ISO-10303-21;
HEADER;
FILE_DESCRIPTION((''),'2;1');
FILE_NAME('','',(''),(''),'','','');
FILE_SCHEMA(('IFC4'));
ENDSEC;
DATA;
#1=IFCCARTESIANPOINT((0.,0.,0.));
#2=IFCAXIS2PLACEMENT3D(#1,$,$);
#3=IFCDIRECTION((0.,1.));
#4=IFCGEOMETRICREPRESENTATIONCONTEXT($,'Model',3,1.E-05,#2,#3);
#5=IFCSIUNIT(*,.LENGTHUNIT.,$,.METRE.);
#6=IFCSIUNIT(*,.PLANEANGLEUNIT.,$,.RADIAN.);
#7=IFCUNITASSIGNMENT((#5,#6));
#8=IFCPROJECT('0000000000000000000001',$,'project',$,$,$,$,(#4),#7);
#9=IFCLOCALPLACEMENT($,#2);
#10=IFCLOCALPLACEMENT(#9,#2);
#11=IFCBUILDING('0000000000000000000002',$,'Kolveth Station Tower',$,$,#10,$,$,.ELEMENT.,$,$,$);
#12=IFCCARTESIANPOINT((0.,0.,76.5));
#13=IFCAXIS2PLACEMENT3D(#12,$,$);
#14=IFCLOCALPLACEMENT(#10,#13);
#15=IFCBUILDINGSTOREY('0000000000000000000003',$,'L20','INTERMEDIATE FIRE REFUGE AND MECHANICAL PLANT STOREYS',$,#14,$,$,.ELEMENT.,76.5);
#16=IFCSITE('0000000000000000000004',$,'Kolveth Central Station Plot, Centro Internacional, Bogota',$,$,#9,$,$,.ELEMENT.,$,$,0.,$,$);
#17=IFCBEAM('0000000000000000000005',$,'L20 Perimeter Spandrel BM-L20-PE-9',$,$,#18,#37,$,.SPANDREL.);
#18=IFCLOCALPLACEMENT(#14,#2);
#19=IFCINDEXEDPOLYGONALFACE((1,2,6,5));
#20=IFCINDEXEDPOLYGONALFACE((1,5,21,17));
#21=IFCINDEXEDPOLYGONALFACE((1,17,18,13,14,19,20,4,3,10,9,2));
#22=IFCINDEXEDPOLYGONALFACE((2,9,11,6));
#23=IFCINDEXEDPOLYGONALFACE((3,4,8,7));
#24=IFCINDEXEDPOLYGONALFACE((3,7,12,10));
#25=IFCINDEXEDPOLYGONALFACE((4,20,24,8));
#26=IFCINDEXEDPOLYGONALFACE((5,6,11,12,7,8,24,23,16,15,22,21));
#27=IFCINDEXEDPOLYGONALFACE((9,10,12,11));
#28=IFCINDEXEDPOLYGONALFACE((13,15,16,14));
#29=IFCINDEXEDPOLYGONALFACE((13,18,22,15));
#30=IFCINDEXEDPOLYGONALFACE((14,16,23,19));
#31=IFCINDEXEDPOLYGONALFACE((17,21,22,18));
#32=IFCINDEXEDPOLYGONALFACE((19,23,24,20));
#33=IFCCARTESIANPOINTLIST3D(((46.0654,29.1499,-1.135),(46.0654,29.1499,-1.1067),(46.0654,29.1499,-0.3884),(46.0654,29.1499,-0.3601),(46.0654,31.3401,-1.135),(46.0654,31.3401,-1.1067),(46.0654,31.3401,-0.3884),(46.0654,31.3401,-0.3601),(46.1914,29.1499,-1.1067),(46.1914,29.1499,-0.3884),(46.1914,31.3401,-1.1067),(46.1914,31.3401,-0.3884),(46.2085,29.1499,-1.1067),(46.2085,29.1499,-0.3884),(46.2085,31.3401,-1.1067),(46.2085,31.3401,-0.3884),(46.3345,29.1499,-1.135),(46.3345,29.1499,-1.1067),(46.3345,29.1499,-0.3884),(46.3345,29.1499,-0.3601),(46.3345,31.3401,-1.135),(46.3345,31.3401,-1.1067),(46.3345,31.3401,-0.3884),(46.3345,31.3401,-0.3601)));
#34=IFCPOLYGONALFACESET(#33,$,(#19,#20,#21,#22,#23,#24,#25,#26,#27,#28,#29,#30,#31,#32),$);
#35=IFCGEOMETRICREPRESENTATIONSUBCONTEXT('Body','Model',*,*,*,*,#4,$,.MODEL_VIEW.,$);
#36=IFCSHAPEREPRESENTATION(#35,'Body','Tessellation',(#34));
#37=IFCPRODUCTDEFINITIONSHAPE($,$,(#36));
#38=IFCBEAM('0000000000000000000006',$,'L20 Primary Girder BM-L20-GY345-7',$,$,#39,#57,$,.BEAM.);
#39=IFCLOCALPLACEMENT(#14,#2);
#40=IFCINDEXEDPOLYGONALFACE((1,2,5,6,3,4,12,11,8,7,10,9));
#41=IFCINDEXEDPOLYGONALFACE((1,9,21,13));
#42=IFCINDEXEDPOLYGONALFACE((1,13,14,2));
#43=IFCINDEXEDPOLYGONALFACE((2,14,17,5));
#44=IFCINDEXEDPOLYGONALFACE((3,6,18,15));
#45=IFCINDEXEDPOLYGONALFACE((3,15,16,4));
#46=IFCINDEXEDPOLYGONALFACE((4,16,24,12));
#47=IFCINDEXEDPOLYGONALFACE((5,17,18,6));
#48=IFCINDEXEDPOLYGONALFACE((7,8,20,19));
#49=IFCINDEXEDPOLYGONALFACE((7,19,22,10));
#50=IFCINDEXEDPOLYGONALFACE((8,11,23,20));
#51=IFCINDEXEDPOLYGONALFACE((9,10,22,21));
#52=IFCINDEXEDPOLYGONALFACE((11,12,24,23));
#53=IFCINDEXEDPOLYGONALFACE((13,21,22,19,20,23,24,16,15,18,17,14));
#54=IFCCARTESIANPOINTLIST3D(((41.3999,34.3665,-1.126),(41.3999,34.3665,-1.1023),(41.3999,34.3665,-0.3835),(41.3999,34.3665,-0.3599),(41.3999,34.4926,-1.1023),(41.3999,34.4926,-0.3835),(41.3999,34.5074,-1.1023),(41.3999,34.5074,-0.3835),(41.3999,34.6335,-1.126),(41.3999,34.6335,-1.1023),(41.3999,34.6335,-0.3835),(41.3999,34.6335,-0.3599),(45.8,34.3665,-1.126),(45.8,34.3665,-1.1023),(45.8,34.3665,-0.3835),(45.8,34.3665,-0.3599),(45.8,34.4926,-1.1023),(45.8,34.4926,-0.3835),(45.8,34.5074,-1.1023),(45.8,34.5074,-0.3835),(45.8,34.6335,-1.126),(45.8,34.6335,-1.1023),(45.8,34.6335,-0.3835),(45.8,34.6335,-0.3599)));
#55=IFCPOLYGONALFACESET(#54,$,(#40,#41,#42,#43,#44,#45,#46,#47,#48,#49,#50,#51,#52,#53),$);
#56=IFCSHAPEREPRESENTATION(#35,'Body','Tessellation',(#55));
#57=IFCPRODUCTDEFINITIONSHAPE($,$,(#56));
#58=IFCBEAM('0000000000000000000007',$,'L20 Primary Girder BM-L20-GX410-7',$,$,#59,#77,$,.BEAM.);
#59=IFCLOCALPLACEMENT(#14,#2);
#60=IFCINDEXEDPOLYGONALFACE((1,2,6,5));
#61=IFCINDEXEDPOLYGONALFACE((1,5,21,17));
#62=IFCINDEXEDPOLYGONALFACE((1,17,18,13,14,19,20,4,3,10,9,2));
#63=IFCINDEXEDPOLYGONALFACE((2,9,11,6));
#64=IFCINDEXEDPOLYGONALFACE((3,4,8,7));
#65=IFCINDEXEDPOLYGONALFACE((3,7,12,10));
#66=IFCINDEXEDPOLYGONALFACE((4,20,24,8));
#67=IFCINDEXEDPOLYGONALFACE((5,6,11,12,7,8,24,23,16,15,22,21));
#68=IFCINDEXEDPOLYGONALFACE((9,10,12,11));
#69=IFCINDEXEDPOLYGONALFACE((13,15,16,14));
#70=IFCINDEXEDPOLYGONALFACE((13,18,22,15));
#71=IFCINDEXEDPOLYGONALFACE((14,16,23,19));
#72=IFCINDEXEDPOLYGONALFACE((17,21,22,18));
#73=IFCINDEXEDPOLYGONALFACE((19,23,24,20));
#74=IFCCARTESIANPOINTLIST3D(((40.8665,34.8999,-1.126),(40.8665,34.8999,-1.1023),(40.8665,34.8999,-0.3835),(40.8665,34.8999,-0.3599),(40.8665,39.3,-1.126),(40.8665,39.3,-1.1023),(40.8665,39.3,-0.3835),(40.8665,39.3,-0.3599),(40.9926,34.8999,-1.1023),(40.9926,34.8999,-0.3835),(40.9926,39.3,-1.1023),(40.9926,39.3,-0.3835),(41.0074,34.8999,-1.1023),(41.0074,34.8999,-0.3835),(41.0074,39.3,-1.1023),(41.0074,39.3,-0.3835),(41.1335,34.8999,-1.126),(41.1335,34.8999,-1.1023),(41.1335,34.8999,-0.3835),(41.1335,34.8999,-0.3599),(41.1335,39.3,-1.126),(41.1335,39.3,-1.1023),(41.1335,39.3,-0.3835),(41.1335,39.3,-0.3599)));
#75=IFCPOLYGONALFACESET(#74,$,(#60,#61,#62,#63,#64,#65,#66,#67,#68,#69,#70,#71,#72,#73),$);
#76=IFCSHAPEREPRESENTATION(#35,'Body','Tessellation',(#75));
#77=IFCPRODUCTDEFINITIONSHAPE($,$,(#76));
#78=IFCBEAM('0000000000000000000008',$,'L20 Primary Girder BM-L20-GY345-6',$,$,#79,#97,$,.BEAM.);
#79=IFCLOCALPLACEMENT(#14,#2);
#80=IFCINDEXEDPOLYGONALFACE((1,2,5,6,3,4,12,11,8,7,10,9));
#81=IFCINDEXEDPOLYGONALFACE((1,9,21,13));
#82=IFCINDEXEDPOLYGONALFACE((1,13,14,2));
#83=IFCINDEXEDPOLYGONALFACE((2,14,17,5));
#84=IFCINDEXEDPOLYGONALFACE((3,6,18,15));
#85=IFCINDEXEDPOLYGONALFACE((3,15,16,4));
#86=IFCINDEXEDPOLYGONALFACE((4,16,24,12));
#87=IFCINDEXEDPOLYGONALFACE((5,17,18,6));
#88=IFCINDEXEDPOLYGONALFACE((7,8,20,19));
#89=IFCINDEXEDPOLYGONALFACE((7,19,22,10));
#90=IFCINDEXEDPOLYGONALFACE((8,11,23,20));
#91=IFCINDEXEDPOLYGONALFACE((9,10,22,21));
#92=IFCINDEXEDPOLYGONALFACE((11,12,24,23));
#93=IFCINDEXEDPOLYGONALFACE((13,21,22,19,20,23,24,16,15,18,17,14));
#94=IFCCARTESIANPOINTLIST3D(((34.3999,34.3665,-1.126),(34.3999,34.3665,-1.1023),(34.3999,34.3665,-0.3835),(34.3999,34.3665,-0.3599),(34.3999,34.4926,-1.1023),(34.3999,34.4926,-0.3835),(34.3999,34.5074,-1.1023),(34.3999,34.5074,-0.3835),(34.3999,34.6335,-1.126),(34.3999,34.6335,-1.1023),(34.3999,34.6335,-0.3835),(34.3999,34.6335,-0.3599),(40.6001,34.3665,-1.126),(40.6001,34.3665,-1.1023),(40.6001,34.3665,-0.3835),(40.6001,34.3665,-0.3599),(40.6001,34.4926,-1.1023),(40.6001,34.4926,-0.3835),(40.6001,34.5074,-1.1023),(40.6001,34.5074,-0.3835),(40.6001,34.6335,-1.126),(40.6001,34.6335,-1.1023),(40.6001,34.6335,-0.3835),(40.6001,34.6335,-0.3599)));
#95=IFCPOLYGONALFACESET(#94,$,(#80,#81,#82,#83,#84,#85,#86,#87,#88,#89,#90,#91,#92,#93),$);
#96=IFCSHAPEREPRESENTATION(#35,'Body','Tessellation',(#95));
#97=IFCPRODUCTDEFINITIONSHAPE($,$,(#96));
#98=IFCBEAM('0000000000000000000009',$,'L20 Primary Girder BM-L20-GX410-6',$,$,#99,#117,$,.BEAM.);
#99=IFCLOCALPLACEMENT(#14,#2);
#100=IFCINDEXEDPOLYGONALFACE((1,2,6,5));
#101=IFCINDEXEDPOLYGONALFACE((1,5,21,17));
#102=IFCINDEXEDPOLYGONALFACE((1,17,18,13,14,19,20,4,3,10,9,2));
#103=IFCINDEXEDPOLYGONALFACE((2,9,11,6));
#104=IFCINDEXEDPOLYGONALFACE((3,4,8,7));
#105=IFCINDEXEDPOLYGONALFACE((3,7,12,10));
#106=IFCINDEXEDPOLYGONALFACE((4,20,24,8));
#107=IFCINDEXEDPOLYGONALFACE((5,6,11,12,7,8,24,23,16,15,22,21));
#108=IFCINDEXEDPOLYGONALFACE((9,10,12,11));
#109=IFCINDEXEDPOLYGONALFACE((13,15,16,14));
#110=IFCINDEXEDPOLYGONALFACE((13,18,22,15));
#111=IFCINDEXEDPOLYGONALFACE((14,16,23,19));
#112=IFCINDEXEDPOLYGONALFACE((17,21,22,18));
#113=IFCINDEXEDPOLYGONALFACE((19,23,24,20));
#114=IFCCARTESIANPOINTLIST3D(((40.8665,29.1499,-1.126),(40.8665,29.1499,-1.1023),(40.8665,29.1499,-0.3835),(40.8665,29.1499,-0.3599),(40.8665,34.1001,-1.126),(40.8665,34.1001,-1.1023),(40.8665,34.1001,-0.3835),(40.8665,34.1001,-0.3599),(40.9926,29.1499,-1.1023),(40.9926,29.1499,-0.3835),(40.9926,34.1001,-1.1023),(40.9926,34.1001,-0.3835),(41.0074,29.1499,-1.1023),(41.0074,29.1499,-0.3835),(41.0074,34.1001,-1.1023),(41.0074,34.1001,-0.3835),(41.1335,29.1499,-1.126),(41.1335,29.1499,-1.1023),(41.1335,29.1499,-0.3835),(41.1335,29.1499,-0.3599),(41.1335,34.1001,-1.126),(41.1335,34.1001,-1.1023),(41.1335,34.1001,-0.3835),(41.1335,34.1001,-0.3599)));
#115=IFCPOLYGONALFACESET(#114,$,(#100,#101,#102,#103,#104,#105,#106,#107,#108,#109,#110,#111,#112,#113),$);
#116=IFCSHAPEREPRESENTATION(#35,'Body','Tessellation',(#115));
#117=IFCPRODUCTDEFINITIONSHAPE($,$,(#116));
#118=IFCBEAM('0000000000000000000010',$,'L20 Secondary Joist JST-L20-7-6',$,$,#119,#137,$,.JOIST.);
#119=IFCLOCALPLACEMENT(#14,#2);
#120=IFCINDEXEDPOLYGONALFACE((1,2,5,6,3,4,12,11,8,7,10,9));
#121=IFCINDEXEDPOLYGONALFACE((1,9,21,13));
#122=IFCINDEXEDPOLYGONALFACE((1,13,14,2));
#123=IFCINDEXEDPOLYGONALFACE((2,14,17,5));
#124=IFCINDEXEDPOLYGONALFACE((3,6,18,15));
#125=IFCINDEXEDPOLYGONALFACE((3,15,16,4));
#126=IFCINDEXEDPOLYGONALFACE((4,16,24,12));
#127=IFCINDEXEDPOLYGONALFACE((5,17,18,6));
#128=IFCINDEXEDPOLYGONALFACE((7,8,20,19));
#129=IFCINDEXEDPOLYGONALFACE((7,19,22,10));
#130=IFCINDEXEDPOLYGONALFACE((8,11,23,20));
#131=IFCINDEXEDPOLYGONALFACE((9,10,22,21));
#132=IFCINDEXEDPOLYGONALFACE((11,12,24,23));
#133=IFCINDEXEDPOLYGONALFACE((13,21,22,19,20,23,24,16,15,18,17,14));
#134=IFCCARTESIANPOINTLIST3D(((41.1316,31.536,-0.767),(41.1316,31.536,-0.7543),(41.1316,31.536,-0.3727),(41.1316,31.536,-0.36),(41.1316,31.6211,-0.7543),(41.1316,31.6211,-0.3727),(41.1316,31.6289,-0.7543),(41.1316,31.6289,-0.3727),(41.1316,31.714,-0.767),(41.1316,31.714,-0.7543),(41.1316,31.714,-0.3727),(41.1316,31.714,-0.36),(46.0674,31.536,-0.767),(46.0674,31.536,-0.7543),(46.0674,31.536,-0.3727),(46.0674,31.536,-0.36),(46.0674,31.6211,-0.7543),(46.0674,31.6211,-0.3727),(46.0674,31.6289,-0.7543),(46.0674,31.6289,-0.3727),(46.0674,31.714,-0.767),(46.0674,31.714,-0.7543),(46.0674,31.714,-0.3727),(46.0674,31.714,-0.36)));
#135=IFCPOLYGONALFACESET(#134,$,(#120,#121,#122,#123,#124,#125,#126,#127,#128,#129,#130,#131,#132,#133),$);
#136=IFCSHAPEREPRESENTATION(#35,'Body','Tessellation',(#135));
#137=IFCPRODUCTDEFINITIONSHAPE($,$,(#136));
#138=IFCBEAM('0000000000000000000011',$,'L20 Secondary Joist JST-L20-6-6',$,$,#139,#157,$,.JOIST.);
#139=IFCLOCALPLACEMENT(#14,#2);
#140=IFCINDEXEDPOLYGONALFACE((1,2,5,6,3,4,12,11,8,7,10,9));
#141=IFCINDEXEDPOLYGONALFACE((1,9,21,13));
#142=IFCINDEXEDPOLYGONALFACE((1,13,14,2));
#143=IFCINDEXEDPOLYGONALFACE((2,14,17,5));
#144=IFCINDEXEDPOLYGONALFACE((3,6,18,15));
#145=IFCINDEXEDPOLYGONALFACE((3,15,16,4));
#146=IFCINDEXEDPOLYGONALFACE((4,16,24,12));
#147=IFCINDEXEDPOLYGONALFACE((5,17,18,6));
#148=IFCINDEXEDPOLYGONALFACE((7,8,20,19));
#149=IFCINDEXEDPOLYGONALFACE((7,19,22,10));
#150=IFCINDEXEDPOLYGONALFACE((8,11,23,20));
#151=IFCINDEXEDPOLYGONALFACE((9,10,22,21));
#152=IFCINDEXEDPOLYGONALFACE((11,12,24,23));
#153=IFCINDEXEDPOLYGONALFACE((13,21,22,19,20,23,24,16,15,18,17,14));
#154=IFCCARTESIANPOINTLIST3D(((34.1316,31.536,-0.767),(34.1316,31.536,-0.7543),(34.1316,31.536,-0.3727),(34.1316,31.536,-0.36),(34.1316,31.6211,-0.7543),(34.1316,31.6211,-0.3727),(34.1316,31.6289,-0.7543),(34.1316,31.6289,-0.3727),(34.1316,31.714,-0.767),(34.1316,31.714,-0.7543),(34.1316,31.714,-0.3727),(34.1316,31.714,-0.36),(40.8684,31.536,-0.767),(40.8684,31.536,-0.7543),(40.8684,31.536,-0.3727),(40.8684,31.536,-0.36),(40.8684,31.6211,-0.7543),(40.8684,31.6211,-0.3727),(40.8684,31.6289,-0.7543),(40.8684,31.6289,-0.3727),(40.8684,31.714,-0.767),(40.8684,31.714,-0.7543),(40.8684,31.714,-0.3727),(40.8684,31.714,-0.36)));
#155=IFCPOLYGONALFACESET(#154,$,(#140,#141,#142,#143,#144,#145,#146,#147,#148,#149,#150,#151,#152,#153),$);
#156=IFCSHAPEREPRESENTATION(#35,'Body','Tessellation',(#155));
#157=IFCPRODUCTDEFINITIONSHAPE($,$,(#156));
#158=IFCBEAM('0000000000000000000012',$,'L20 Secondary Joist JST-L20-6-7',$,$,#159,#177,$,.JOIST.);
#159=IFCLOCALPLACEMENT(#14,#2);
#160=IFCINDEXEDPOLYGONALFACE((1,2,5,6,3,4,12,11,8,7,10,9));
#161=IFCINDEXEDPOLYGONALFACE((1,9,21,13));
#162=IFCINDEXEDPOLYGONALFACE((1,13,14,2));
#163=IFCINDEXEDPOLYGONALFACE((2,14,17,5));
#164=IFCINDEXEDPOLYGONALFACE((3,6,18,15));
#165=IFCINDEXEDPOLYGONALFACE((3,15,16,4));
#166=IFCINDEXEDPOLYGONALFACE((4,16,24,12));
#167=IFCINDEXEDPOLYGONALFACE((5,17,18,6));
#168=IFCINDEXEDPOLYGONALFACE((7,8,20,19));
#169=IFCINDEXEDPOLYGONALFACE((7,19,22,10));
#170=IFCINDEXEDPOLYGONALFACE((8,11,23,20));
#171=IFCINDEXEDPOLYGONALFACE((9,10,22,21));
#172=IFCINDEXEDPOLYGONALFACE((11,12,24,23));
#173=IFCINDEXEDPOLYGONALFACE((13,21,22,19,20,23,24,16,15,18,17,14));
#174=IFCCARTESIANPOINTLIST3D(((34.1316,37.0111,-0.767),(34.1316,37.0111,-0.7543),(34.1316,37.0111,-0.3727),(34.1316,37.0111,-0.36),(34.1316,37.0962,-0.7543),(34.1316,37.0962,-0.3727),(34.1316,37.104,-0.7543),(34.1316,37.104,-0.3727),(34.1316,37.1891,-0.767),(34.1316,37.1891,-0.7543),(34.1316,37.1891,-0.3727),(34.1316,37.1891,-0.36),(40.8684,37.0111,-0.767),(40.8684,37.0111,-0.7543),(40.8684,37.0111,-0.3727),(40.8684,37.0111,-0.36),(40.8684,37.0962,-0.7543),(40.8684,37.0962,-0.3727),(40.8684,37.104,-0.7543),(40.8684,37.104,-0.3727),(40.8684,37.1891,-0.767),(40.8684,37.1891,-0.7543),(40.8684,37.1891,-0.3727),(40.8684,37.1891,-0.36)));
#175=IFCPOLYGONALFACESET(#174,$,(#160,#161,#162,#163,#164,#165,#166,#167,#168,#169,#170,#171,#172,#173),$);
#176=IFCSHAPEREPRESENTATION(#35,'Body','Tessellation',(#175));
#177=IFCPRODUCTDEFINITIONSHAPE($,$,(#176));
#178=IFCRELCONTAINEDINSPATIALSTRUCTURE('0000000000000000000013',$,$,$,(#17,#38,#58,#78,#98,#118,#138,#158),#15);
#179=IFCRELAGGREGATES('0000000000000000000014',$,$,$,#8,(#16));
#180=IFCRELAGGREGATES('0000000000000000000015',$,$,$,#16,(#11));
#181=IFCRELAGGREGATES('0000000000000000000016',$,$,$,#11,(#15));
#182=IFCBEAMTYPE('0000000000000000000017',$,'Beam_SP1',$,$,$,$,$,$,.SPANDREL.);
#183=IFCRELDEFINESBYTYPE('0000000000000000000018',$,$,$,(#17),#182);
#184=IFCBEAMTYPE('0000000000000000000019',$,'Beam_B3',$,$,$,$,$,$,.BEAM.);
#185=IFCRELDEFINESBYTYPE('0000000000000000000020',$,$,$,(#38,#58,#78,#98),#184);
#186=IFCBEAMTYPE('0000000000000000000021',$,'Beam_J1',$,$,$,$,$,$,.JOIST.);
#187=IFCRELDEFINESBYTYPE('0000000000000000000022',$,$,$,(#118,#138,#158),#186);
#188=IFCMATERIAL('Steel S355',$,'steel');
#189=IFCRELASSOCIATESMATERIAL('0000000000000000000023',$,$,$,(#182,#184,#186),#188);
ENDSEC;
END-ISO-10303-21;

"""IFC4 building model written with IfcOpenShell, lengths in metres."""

from ifc_helpers import new_model, si_unit, direction, frame, origin, origin_2d, place, context, subcontext, project, spatial, i_section, extrude, source, transform, mapped, material, material_profile, profile_set, type_object, element, save


model = new_model("IFC4")

# Units and contexts
model_context = context("Model", 3, precision=1e-05, world=origin(), true_north=direction((0.0, 1.0)))
body_context = subcontext(model_context, "Body", "Model", "MODEL_VIEW")
ifc_project = project(units=[si_unit("LENGTHUNIT", "METRE"), si_unit("PLANEANGLEUNIT", "RADIAN")], contexts=[model_context])

# Site, building, storey
site_placement = place(None, origin())
site = spatial("IfcSite", under=ifc_project, at=site_placement, Name="Kolveth Central Station Plot, Centro Internacional, Bogota", CompositionType="ELEMENT", RefElevation=0.0)
building_placement = place(site_placement, origin())
building = spatial("IfcBuilding", under=site, at=building_placement, Name="Kolveth Station Tower", CompositionType="ELEMENT")
storey_placement = place(building_placement, frame((0.0, 0.0, 76.5)))
storey = spatial("IfcBuildingStorey", under=building, at=storey_placement, Name="L20", Description="INTERMEDIATE FIRE REFUGE AND MECHANICAL PLANT STOREYS", CompositionType="ELEMENT", Elevation=76.5)

# Shared definitions
ifc_material_1 = material(Name="Steel S355", Category="steel")

# Beams
ifc_material_profile_1 = material_profile(ifc_material_1, i_section(OverallWidth=0.269, OverallDepth=0.7749, WebThickness=0.0171, FlangeThickness=0.0283, at=origin_2d()), Name="W760x220")
ifc_profile_set_1 = profile_set([ifc_material_profile_1], Name="Steel S355")
beam_type_1 = type_object("IfcBeamType", Name="Beam_SP1", PredefinedType="SPANDREL", material=ifc_profile_set_1)
shared_shape_1 = source(origin(), body_context, "Body", "SweptSolid", [
    extrude(i_section(OverallWidth=0.269, OverallDepth=0.7749, WebThickness=0.0171, FlangeThickness=0.0283, at=origin_2d()), origin(), (0.0, 0.0, 1.0), 2.1902),
])
beam_1_placement = place(storey_placement, frame((46.2, 29.1499, -0.7476), z_axis=(0.0, 1.0, 0.0), x_axis=(-1.0, 0.0, 0.0)))
element("IfcBeam", 1, at=beam_1_placement, inside=storey, type_object=beam_type_1, Name="L20 Perimeter Spandrel BM-L20-PE-9", PredefinedType="SPANDREL", context=body_context, shape_type="MappedRepresentation", body=[
    mapped(shared_shape_1, transform((0.0, 0.0, 0.0), x_axis=(1.0, 0.0, 0.0), y_axis=(0.0, 1.0, 0.0), z_axis=(0.0, 0.0, 1.0), scale=1.0)),
])
ifc_material_profile_2 = material_profile(ifc_material_1, i_section(OverallWidth=0.2671, OverallDepth=0.7661, WebThickness=0.0149, FlangeThickness=0.0237, at=origin_2d()), Name="W760x185")
ifc_profile_set_2 = profile_set([ifc_material_profile_2], Name="Steel S355")
beam_type_2 = type_object("IfcBeamType", Name="Beam_B3", PredefinedType="BEAM", material=ifc_profile_set_2)
shared_shape_2 = source(origin(), body_context, "Body", "SweptSolid", [
    extrude(i_section(OverallWidth=0.2671, OverallDepth=0.7661, WebThickness=0.0149, FlangeThickness=0.0237, at=origin_2d()), origin(), (0.0, 0.0, 1.0), 4.4001),
])
for number, where, z_axis, x_axis, name in (
    (2, (41.3999, 34.5, -0.7429), (1.0, 0.0, 0.0), (0.0, 1.0, 0.0), "L20 Primary Girder BM-L20-GY345-7"),
    (3, (41.0, 34.8999, -0.7429), (0.0, 1.0, 0.0), (-1.0, 0.0, 0.0), "L20 Primary Girder BM-L20-GX410-7"),
):
    element("IfcBeam", number, at=place(storey_placement, frame(where, z_axis=z_axis, x_axis=x_axis)), inside=storey, type_object=beam_type_2, Name=name, PredefinedType="BEAM", context=body_context, shape_type="MappedRepresentation", body=[
        mapped(shared_shape_2, transform((0.0, 0.0, 0.0), x_axis=(1.0, 0.0, 0.0), y_axis=(0.0, 1.0, 0.0), z_axis=(0.0, 0.0, 1.0), scale=1.0)),
    ])
shared_shape_3 = source(origin(), body_context, "Body", "SweptSolid", [
    extrude(i_section(OverallWidth=0.2671, OverallDepth=0.7661, WebThickness=0.0149, FlangeThickness=0.0237, at=origin_2d()), origin(), (0.0, 0.0, 1.0), 6.2002),
])
beam_2_placement = place(storey_placement, frame((34.3999, 34.5, -0.7429), z_axis=(1.0, 0.0, 0.0), x_axis=(0.0, 1.0, 0.0)))
element("IfcBeam", 4, at=beam_2_placement, inside=storey, type_object=beam_type_2, Name="L20 Primary Girder BM-L20-GY345-6", PredefinedType="BEAM", context=body_context, shape_type="MappedRepresentation", body=[
    mapped(shared_shape_3, transform((0.0, 0.0, 0.0), x_axis=(1.0, 0.0, 0.0), y_axis=(0.0, 1.0, 0.0), z_axis=(0.0, 0.0, 1.0), scale=1.0)),
])
shared_shape_4 = source(origin(), body_context, "Body", "SweptSolid", [
    extrude(i_section(OverallWidth=0.2671, OverallDepth=0.7661, WebThickness=0.0149, FlangeThickness=0.0237, at=origin_2d()), origin(), (0.0, 0.0, 1.0), 4.9502),
])
beam_3_placement = place(storey_placement, frame((41.0, 29.1499, -0.7429), z_axis=(0.0, 1.0, 0.0), x_axis=(-1.0, 0.0, 0.0)))
element("IfcBeam", 5, at=beam_3_placement, inside=storey, type_object=beam_type_2, Name="L20 Primary Girder BM-L20-GX410-6", PredefinedType="BEAM", context=body_context, shape_type="MappedRepresentation", body=[
    mapped(shared_shape_4, transform((0.0, 0.0, 0.0), x_axis=(1.0, 0.0, 0.0), y_axis=(0.0, 1.0, 0.0), z_axis=(0.0, 0.0, 1.0), scale=1.0)),
])
ifc_material_profile_3 = material_profile(ifc_material_1, i_section(OverallWidth=0.178, OverallDepth=0.407, WebThickness=0.0078, FlangeThickness=0.0127, at=origin_2d()), Name="W410x60")
ifc_profile_set_3 = profile_set([ifc_material_profile_3], Name="Steel S355")
beam_type_3 = type_object("IfcBeamType", Name="Beam_J1", PredefinedType="JOIST", material=ifc_profile_set_3)
shared_shape_5 = source(origin(), body_context, "Body", "SweptSolid", [
    extrude(i_section(OverallWidth=0.178, OverallDepth=0.407, WebThickness=0.0078, FlangeThickness=0.0127, at=origin_2d()), origin(), (0.0, 0.0, 1.0), 4.9358),
])
beam_4_placement = place(storey_placement, frame((41.1316, 31.625, -0.5635), z_axis=(1.0, 0.0, 0.0), x_axis=(0.0, 1.0, 0.0)))
element("IfcBeam", 6, at=beam_4_placement, inside=storey, type_object=beam_type_3, Name="L20 Secondary Joist JST-L20-7-6", PredefinedType="JOIST", context=body_context, shape_type="MappedRepresentation", body=[
    mapped(shared_shape_5, transform((0.0, 0.0, 0.0), x_axis=(1.0, 0.0, 0.0), y_axis=(0.0, 1.0, 0.0), z_axis=(0.0, 0.0, 1.0), scale=1.0)),
])
shared_shape_6 = source(origin(), body_context, "Body", "SweptSolid", [
    extrude(i_section(OverallWidth=0.178, OverallDepth=0.407, WebThickness=0.0078, FlangeThickness=0.0127, at=origin_2d()), origin(), (0.0, 0.0, 1.0), 6.7368),
])
for number, where, z_axis, x_axis, name in (
    (7, (34.1316, 31.625, -0.5635), (1.0, 0.0, 0.0), (0.0, 1.0, 0.0), "L20 Secondary Joist JST-L20-6-6"),
    (8, (34.1316, 37.1001, -0.5635), (1.0, 0.0, 0.0), (0.0, 1.0, 0.0), "L20 Secondary Joist JST-L20-6-7"),
):
    element("IfcBeam", number, at=place(storey_placement, frame(where, z_axis=z_axis, x_axis=x_axis)), inside=storey, type_object=beam_type_3, Name=name, PredefinedType="JOIST", context=body_context, shape_type="MappedRepresentation", body=[
        mapped(shared_shape_6, transform((0.0, 0.0, 0.0), x_axis=(1.0, 0.0, 0.0), y_axis=(0.0, 1.0, 0.0), z_axis=(0.0, 0.0, 1.0), scale=1.0)),
    ])

save(model, "model.ifc")
